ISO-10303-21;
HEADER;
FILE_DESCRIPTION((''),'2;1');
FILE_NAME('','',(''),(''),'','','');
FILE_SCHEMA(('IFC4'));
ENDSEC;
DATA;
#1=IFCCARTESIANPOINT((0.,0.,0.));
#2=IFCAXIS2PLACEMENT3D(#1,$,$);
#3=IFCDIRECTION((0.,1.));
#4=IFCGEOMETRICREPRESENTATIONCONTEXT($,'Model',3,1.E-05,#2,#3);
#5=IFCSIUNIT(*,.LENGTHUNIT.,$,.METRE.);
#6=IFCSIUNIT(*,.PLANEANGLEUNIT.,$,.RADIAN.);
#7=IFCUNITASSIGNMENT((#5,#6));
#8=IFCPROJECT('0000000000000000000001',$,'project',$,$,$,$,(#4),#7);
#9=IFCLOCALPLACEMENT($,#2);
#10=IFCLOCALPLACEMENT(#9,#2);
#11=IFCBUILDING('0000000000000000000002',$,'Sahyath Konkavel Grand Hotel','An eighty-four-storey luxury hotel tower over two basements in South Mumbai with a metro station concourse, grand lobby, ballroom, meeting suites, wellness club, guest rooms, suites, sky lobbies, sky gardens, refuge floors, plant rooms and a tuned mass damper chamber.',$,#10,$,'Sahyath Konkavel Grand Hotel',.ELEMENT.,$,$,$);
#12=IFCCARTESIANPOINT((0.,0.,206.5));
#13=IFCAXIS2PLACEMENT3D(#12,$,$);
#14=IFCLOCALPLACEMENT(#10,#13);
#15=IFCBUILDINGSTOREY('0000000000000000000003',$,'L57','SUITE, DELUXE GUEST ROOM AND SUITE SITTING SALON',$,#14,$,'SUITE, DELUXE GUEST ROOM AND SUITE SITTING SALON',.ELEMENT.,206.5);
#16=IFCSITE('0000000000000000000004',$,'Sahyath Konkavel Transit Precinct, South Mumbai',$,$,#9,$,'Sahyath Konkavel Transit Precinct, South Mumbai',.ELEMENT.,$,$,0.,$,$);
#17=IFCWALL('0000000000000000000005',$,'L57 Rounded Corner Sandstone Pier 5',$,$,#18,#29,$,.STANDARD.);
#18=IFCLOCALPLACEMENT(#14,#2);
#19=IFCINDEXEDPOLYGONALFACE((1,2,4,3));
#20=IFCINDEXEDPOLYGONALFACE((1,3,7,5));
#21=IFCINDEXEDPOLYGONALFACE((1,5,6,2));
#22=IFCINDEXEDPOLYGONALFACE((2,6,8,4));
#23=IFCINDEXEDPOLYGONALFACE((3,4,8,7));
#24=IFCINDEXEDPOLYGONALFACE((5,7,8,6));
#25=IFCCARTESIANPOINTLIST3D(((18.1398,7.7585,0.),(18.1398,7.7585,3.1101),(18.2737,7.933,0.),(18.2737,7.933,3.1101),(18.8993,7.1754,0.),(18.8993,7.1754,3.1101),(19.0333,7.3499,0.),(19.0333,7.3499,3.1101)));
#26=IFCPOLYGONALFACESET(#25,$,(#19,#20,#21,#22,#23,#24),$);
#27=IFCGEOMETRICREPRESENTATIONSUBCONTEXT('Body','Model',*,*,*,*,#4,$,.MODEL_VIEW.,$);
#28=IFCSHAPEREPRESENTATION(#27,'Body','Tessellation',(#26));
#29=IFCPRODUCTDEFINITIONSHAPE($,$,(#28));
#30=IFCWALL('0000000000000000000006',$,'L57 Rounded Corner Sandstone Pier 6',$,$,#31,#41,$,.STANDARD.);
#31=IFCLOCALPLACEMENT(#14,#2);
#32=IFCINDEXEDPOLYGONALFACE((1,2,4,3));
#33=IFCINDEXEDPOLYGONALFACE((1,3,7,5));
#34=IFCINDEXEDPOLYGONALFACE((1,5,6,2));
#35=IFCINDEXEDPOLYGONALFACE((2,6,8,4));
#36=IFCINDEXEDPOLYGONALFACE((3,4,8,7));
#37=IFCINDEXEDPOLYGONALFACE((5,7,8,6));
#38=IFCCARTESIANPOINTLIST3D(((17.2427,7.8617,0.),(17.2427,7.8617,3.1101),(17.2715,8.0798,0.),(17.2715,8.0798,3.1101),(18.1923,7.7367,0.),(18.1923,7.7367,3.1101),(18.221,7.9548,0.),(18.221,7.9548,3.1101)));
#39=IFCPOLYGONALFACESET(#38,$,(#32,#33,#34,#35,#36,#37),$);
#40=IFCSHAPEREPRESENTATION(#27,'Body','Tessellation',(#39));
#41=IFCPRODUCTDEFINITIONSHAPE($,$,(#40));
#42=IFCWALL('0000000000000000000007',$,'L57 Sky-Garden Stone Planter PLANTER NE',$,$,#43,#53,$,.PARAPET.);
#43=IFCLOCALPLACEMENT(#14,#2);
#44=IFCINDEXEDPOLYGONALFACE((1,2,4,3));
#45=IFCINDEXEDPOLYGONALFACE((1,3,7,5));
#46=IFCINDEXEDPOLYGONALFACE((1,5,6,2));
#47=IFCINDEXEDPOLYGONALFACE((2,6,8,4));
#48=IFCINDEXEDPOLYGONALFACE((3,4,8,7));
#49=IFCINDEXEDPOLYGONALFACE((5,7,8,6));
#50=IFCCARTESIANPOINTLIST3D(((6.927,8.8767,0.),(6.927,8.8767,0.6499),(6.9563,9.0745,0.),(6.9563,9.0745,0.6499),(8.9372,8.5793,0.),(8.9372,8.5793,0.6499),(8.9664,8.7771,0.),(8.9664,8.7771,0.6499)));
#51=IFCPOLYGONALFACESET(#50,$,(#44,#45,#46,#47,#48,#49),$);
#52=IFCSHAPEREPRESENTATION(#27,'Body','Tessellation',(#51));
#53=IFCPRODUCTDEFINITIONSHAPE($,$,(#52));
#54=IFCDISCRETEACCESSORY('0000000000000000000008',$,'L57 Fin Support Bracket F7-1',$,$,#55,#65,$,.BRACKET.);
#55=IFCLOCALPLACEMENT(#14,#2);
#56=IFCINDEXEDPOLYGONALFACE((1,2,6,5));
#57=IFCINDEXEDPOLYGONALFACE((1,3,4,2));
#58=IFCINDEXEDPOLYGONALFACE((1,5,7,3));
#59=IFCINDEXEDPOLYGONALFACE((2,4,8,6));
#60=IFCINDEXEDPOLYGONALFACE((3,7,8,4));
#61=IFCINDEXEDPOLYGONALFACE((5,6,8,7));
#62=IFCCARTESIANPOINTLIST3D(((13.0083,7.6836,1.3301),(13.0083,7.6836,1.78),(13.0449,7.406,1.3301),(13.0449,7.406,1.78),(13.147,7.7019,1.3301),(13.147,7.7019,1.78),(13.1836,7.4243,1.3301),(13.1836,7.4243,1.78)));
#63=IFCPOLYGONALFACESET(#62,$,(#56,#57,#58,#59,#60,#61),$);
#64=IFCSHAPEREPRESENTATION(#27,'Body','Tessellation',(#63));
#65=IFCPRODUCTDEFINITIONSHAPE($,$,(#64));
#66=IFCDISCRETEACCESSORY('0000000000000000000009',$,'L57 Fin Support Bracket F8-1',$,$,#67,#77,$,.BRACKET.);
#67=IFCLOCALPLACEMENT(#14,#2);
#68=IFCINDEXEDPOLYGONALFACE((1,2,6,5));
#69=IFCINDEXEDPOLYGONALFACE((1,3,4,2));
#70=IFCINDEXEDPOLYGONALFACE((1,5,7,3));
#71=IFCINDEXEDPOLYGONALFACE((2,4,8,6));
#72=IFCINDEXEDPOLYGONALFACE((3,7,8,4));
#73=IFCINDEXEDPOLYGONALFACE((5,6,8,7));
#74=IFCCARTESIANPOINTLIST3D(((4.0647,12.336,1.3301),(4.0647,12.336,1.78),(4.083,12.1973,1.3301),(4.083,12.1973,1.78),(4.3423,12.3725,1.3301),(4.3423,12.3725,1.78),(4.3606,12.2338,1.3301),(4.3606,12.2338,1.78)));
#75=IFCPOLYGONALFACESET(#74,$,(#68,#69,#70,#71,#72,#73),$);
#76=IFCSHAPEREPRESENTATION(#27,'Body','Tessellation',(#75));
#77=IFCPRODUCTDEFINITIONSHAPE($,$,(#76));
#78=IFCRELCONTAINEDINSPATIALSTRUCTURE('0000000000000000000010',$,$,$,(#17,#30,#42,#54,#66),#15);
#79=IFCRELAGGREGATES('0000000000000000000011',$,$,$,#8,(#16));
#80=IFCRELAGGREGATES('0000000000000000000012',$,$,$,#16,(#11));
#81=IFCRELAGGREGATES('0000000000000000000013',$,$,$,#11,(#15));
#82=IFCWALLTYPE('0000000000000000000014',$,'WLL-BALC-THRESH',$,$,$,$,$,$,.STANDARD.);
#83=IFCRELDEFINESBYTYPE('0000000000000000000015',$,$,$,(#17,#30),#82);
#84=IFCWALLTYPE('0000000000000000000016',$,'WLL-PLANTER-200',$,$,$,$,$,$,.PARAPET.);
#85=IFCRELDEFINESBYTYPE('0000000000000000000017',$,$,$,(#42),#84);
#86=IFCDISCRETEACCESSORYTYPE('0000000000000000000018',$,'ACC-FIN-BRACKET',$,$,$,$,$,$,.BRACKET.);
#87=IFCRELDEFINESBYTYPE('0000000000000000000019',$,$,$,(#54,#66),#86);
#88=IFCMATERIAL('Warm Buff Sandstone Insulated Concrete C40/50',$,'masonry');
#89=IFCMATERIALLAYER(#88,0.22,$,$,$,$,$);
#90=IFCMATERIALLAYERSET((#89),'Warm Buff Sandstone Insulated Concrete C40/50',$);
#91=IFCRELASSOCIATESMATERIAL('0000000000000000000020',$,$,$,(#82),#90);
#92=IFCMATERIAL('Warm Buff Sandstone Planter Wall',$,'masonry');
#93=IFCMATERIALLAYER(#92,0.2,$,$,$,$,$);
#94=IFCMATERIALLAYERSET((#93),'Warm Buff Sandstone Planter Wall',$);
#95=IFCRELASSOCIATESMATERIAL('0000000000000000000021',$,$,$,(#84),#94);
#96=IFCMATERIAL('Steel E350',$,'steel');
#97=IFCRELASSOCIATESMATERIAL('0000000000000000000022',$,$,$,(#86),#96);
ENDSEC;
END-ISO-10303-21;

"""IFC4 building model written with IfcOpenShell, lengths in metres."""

from ifc_helpers import new_model, si_unit, direction, frame, frame_2d, origin, origin_2d, place, context, subcontext, project, spatial, rectangle, extrude, source, transform, mapped, material, layer, layer_set, type_object, element, save


model = new_model("IFC4")

# Units and contexts
model_context = context("Model", 3, precision=1e-05, world=origin(), true_north=direction((0.0, 1.0)))
body_context = subcontext(model_context, "Body", "Model", "MODEL_VIEW")
ifc_project = project(units=[si_unit("LENGTHUNIT", "METRE"), si_unit("PLANEANGLEUNIT", "RADIAN")], contexts=[model_context])

# Site, building, storey
site_placement = place(None, origin())
site = spatial("IfcSite", under=ifc_project, at=site_placement, Name="Sahyath Konkavel Transit Precinct, South Mumbai", LongName="Sahyath Konkavel Transit Precinct, South Mumbai", CompositionType="ELEMENT", RefElevation=0.0)
building_placement = place(site_placement, origin())
building = spatial("IfcBuilding", under=site, at=building_placement, Name="Sahyath Konkavel Grand Hotel", Description="An eighty-four-storey luxury hotel tower over two basements in South Mumbai with a metro station concourse, grand lobby, ballroom, meeting suites, wellness club, guest rooms, suites, sky lobbies, sky gardens, refuge floors, plant rooms and a tuned mass damper chamber.", LongName="Sahyath Konkavel Grand Hotel", CompositionType="ELEMENT")
storey_placement = place(building_placement, frame((0.0, 0.0, 206.5)))
storey = spatial("IfcBuildingStorey", under=building, at=storey_placement, Name="L57", Description="SUITE, DELUXE GUEST ROOM AND SUITE SITTING SALON", LongName="SUITE, DELUXE GUEST ROOM AND SUITE SITTING SALON", CompositionType="ELEMENT", Elevation=206.5)

# Shared definitions
ifc_material_1 = material(Name="Steel E350", Category="steel")

# Walls
ifc_material_2 = material(Name="Warm Buff Sandstone Insulated Concrete C40/50", Category="masonry")
ifc_layer_1 = layer(ifc_material_2, 0.22)
ifc_layer_set_1 = layer_set([ifc_layer_1], Name="Warm Buff Sandstone Insulated Concrete C40/50")
wall_type_1 = type_object("IfcWallType", Name="WLL-BALC-THRESH", PredefinedType="STANDARD", material=ifc_layer_set_1)
wall_1_placement = place(storey_placement, frame((18.9663, 7.2627, 0.0), z_axis=(0.0, 0.0, 1.0), x_axis=(-0.793249, 0.608897, 0.0)))
element("IfcWall", 1, at=wall_1_placement, inside=storey, type_object=wall_type_1, Name="L57 Rounded Corner Sandstone Pier 5", PredefinedType="STANDARD", context=body_context, shape_type="SweptSolid", body=[
    extrude(rectangle(XDim=0.9575, YDim=0.22, at=frame_2d((0.4788, 0.0))), origin(), (0.0, 0.0, 1.0), 3.1101),
])
wall_2_placement = place(storey_placement, frame((18.2068, 7.8457, 0.0), z_axis=(0.0, 0.0, 1.0), x_axis=(-0.991445, 0.130527, 0.0)))
element("IfcWall", 2, at=wall_2_placement, inside=storey, type_object=wall_type_1, Name="L57 Rounded Corner Sandstone Pier 6", PredefinedType="STANDARD", context=body_context, shape_type="SweptSolid", body=[
    extrude(rectangle(XDim=0.9578, YDim=0.22, at=frame_2d((0.479, 0.0))), origin(), (0.0, 0.0, 1.0), 3.1101),
])
ifc_material_3 = material(Name="Warm Buff Sandstone Planter Wall", Category="masonry")
ifc_layer_2 = layer(ifc_material_3, 0.2)
ifc_layer_set_2 = layer_set([ifc_layer_2], Name="Warm Buff Sandstone Planter Wall")
wall_type_2 = type_object("IfcWallType", Name="WLL-PLANTER-200", PredefinedType="PARAPET", material=ifc_layer_set_2)
wall_3_placement = place(storey_placement, frame((8.9519, 8.6782, 0.0), z_axis=(0.0, 0.0, 1.0), x_axis=(-0.989233, 0.146348, 0.0)))
element("IfcWall", 3, at=wall_3_placement, inside=storey, type_object=wall_type_2, Name="L57 Sky-Garden Stone Planter PLANTER NE", PredefinedType="PARAPET", context=body_context, shape_type="SweptSolid", body=[
    extrude(rectangle(XDim=2.032, YDim=0.2, at=frame_2d((1.0161, 0.0))), origin(), (0.0, 0.0, 1.0), 0.6499),
])

# Discrete accessories
discrete_accessory_type = type_object("IfcDiscreteAccessoryType", Name="ACC-FIN-BRACKET", PredefinedType="BRACKET", material=ifc_material_1)
shared_shape_1 = source(origin(), body_context, "Body", "SweptSolid", [
    extrude(rectangle(XDim=0.28, YDim=0.1399, at=origin_2d()), origin(), (0.0, 0.0, 1.0), 0.45),
])
for number, where, z_axis, x_axis, name in (
    (4, (13.0959, 7.554, 1.3301), (0.0, 0.0, 1.0), (-0.130526, 0.991445, 0.0), "L57 Fin Support Bracket F7-1"),
    (5, (4.2126, 12.2849, 1.3301), (0.0, 0.0, 1.0), (0.991445, 0.130526, 0.0), "L57 Fin Support Bracket F8-1"),
):
    element("IfcDiscreteAccessory", number, at=place(storey_placement, frame(where, z_axis=z_axis, x_axis=x_axis)), inside=storey, type_object=discrete_accessory_type, Name=name, PredefinedType="BRACKET", context=body_context, shape_type="MappedRepresentation", body=[
        mapped(shared_shape_1, transform((0.0, 0.0, 0.0), scale=1.0)),
    ])

save(model, "model.ifc")
